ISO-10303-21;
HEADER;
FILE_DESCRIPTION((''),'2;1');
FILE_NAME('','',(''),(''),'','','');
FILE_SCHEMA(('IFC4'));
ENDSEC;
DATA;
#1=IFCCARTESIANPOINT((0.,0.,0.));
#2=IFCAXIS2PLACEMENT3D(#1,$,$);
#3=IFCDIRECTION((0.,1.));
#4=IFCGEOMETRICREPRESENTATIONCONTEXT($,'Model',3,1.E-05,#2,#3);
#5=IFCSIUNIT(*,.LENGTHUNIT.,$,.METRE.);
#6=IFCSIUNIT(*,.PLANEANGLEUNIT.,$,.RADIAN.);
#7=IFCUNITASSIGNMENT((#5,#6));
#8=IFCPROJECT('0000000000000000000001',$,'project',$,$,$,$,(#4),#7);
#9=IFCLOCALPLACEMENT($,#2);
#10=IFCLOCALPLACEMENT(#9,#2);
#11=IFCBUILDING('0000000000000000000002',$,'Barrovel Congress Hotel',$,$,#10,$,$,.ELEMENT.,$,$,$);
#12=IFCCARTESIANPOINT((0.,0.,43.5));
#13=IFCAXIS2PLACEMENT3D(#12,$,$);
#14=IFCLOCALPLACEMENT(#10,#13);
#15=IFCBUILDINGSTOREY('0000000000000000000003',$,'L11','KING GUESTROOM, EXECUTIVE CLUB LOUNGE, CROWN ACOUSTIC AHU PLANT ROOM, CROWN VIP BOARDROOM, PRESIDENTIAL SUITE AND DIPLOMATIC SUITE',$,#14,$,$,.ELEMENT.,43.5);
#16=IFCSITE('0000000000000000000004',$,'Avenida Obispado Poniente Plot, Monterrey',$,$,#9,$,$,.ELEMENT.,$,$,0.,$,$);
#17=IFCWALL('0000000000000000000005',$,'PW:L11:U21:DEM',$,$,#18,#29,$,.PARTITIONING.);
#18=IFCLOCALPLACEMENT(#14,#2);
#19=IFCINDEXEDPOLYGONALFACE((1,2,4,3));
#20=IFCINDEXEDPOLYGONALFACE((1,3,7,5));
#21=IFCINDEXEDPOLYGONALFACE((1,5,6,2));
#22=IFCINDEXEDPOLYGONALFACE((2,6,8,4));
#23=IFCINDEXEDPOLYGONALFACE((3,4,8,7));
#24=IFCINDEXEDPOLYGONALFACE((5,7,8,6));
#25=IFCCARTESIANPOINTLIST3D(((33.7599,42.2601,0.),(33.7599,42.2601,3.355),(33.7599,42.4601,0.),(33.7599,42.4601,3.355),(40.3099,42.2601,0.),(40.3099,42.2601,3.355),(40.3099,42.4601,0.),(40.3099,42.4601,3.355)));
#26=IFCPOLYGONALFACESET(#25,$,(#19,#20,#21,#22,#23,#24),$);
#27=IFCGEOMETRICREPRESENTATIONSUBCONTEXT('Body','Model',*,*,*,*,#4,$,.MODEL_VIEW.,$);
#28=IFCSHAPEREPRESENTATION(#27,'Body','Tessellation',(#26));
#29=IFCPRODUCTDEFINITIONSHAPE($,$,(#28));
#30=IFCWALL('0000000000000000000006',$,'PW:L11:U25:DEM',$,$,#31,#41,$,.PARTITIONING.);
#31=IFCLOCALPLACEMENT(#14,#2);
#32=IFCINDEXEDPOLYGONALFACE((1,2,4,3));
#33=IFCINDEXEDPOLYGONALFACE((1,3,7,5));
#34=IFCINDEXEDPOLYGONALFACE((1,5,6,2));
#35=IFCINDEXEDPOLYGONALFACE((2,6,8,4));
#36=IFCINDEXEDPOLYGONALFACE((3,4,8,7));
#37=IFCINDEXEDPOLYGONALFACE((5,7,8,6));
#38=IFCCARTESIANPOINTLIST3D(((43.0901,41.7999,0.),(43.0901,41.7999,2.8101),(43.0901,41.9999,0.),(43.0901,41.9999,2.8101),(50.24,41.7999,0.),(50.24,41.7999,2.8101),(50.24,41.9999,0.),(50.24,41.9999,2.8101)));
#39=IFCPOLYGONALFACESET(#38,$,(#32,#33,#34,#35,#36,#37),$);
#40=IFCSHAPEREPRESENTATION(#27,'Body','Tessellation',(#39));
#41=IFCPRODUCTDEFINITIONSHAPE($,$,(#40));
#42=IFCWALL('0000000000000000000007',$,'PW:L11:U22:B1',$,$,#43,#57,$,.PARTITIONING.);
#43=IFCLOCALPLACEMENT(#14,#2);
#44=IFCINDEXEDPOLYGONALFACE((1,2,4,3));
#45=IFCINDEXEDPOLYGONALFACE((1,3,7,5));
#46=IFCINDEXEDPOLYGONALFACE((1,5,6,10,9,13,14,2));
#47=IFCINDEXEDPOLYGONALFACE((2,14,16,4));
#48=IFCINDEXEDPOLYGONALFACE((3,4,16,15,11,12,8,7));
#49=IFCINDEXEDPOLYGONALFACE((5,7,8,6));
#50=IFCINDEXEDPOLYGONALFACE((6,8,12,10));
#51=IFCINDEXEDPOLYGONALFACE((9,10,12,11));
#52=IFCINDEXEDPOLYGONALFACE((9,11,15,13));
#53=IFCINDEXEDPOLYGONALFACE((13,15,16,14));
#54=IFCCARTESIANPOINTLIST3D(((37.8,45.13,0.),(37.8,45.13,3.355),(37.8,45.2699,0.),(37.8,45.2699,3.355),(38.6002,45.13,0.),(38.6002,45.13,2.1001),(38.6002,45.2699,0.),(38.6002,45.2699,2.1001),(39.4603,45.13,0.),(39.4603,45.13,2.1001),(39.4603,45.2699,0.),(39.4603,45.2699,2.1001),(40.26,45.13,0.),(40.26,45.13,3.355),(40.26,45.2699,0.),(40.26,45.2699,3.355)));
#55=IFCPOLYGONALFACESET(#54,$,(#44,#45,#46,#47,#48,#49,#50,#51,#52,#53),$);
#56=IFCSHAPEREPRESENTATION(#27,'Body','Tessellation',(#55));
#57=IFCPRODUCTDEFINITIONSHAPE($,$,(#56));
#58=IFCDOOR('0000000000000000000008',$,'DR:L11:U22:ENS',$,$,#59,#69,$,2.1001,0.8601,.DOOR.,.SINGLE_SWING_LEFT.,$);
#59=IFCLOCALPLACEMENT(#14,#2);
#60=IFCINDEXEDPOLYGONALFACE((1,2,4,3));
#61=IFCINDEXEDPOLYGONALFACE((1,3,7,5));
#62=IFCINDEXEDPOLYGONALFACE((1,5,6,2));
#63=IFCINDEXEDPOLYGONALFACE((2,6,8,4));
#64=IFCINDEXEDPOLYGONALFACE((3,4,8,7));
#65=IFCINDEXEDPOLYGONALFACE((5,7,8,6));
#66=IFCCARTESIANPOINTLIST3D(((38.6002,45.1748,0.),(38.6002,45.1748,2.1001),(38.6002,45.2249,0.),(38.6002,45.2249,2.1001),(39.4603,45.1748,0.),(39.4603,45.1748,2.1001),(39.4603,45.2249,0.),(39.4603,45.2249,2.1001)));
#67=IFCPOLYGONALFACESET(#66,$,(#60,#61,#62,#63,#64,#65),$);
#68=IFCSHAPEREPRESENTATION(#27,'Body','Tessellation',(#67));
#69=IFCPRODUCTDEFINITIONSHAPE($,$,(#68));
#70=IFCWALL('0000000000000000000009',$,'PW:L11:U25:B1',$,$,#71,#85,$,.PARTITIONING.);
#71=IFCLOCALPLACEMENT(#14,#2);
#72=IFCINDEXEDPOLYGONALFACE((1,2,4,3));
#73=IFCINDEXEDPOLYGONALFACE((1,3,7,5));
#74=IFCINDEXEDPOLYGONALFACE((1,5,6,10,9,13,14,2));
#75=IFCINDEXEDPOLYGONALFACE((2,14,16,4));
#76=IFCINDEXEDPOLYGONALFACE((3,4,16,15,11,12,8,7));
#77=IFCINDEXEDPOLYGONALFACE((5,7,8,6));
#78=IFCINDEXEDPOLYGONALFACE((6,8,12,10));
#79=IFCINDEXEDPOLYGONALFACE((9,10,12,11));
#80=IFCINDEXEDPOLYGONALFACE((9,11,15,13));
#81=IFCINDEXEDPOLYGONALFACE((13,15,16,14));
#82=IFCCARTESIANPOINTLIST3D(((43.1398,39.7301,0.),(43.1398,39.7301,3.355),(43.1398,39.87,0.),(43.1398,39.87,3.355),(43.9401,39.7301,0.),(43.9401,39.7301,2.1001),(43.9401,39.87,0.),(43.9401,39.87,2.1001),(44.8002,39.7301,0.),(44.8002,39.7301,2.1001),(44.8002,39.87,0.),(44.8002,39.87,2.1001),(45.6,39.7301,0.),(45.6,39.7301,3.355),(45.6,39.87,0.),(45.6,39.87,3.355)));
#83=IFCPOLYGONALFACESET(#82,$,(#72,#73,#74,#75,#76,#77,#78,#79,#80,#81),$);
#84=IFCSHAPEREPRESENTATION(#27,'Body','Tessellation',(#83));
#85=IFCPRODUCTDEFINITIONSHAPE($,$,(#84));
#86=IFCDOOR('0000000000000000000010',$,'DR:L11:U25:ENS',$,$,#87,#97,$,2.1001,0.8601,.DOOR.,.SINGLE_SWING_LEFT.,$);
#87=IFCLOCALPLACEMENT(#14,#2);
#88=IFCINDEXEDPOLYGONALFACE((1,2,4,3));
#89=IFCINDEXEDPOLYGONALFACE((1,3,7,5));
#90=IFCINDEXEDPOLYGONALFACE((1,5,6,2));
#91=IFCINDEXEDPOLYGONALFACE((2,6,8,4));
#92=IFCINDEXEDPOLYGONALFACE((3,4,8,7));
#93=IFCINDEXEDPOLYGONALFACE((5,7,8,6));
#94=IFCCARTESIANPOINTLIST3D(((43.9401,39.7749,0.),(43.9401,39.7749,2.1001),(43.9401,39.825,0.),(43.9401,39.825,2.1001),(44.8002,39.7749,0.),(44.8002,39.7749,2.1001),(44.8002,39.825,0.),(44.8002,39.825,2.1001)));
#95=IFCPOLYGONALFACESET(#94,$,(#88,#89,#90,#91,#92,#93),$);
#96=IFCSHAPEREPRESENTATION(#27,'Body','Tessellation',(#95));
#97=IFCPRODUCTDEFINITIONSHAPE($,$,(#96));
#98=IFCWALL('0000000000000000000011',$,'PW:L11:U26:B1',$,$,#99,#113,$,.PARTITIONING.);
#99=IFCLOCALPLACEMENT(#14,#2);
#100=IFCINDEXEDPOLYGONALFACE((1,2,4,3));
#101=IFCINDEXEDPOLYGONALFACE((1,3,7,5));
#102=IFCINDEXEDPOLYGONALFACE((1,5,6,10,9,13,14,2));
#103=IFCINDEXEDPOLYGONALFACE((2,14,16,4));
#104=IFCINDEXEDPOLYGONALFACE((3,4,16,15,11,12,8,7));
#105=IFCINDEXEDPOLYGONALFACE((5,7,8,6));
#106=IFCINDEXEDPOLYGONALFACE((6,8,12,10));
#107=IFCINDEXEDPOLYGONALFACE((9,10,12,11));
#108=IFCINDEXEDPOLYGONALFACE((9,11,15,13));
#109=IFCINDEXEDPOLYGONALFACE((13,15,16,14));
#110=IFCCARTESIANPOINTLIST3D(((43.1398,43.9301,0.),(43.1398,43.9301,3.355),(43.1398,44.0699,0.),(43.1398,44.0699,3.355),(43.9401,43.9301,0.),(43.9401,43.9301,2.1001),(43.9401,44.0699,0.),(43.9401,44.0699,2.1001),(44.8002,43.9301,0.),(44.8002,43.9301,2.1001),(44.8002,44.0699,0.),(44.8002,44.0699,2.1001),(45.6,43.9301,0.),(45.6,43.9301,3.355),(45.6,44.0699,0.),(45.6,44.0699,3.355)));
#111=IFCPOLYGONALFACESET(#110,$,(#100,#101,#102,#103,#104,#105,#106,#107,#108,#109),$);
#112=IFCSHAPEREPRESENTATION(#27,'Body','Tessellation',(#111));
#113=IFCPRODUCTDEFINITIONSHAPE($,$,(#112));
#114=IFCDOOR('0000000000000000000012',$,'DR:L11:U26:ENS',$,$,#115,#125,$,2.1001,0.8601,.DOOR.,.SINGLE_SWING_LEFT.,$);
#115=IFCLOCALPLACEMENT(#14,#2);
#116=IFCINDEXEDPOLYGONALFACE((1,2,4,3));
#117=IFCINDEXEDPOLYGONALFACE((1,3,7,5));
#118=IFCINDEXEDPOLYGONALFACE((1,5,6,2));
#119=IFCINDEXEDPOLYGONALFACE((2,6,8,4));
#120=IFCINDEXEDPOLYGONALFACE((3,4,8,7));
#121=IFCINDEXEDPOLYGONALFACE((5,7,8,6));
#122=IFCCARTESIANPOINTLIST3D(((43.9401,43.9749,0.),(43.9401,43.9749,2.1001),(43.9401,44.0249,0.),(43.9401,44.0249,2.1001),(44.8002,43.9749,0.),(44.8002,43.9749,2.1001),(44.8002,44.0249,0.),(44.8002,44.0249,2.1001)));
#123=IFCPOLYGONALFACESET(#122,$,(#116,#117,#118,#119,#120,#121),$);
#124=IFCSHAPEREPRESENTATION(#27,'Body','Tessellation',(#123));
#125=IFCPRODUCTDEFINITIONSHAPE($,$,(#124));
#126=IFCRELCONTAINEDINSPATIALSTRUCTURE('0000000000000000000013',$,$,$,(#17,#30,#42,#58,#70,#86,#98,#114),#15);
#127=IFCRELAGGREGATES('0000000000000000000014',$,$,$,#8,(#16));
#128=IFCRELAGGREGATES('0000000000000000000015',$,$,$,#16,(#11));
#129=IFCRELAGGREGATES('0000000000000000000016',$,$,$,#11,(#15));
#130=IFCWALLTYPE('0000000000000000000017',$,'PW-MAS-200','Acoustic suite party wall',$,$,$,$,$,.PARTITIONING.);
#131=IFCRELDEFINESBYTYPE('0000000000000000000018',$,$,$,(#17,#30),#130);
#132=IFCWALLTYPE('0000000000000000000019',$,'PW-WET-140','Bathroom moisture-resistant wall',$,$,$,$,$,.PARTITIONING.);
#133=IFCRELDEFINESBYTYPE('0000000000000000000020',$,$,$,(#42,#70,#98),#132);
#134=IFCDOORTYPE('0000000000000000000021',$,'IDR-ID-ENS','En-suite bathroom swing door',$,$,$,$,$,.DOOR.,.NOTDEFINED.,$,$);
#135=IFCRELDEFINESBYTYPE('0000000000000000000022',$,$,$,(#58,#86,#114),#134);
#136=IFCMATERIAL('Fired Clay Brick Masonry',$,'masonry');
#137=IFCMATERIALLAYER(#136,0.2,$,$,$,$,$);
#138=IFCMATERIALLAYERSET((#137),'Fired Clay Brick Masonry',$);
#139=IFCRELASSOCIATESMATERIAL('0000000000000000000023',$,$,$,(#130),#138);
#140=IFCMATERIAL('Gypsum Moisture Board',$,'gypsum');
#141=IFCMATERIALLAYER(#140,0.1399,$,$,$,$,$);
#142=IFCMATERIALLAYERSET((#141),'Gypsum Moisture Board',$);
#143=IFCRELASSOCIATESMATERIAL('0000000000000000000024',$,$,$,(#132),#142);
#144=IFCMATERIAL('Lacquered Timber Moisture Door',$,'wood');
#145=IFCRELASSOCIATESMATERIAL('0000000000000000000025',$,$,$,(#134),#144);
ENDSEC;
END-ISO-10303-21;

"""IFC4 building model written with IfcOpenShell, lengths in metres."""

from ifc_helpers import new_model, si_unit, direction, frame, frame_2d, origin, place, context, subcontext, project, spatial, rectangle, extrude, material, layer, layer_set, type_object, element, fill, save


model = new_model("IFC4")

# Units and contexts
model_context = context("Model", 3, precision=1e-05, world=origin(), true_north=direction((0.0, 1.0)))
body_context = subcontext(model_context, "Body", "Model", "MODEL_VIEW")
ifc_project = project(units=[si_unit("LENGTHUNIT", "METRE"), si_unit("PLANEANGLEUNIT", "RADIAN")], contexts=[model_context])

# Site, building, storey
site_placement = place(None, origin())
site = spatial("IfcSite", under=ifc_project, at=site_placement, Name="Avenida Obispado Poniente Plot, Monterrey", CompositionType="ELEMENT", RefElevation=0.0)
building_placement = place(site_placement, origin())
building = spatial("IfcBuilding", under=site, at=building_placement, Name="Barrovel Congress Hotel", CompositionType="ELEMENT")
storey_placement = place(building_placement, frame((0.0, 0.0, 43.5)))
storey = spatial("IfcBuildingStorey", under=building, at=storey_placement, Name="L11", Description="KING GUESTROOM, EXECUTIVE CLUB LOUNGE, CROWN ACOUSTIC AHU PLANT ROOM, CROWN VIP BOARDROOM, PRESIDENTIAL SUITE AND DIPLOMATIC SUITE", CompositionType="ELEMENT", Elevation=43.5)

# Walls
ifc_material_1 = material(Name="Fired Clay Brick Masonry", Category="masonry")
ifc_layer_1 = layer(ifc_material_1, 0.2)
ifc_layer_set_1 = layer_set([ifc_layer_1], Name="Fired Clay Brick Masonry")
wall_type_1 = type_object("IfcWallType", Name="PW-MAS-200", Description="Acoustic suite party wall", PredefinedType="PARTITIONING", material=ifc_layer_set_1)
wall_1_placement = place(storey_placement, frame((33.76, 42.3601, 0.0), z_axis=(0.0, 0.0, 1.0), x_axis=(1.0, 0.0, 0.0)))
element("IfcWall", 1, at=wall_1_placement, inside=storey, type_object=wall_type_1, Name="PW:L11:U21:DEM", PredefinedType="PARTITIONING", context=body_context, shape_type="SweptSolid", body=[
    extrude(rectangle(XDim=6.55, YDim=0.2, at=frame_2d((3.2749, 0.0))), origin(), (0.0, 0.0, 1.0), 3.355),
])
wall_2_placement = place(storey_placement, frame((43.0901, 41.8999, 0.0), z_axis=(0.0, 0.0, 1.0), x_axis=(1.0, 0.0, 0.0)))
element("IfcWall", 2, at=wall_2_placement, inside=storey, type_object=wall_type_1, Name="PW:L11:U25:DEM", PredefinedType="PARTITIONING", context=body_context, shape_type="SweptSolid", body=[
    extrude(rectangle(XDim=7.1499, YDim=0.2, at=frame_2d((3.575, 0.0))), origin(), (0.0, 0.0, 1.0), 2.8101),
])

# Walls, openings, doors
ifc_material_2 = material(Name="Gypsum Moisture Board", Category="gypsum")
ifc_layer_2 = layer(ifc_material_2, 0.1399)
ifc_layer_set_2 = layer_set([ifc_layer_2], Name="Gypsum Moisture Board")
wall_type_2 = type_object("IfcWallType", Name="PW-WET-140", Description="Bathroom moisture-resistant wall", PredefinedType="PARTITIONING", material=ifc_layer_set_2)
wall_3_placement = place(storey_placement, frame((37.8, 45.2, 0.0), z_axis=(0.0, 0.0, 1.0), x_axis=(1.0, 0.0, 0.0)))
wall_3 = element("IfcWall", 3, at=wall_3_placement, inside=storey, type_object=wall_type_2, Name="PW:L11:U22:B1", PredefinedType="PARTITIONING", context=body_context, shape_type="SweptSolid", body=[
    extrude(rectangle(XDim=2.46, YDim=0.1399, at=frame_2d((1.23, 0.0))), origin(), (0.0, 0.0, 1.0), 3.355),
])
opening_1_placement = place(wall_3_placement, frame((0.8, 0.0, 0.0)))
opening_1 = element("IfcOpeningElement", 4, at=opening_1_placement, cuts=wall_3, PredefinedType="OPENING", context=body_context, shape_type="SweptSolid", body=[
    extrude(rectangle(XDim=0.8601, YDim=2.1001, at=frame_2d((0.4302, 1.05))), frame((0.0, 0.0801, 0.0), z_axis=(0.0, -1.0, 0.0), x_axis=(1.0, 0.0, 0.0)), (0.0, 0.0, 1.0), 0.1599),
])
ifc_material_3 = material(Name="Lacquered Timber Moisture Door", Category="wood")
door_type_1 = type_object("IfcDoorType", Name="IDR-ID-ENS", Description="En-suite bathroom swing door", OperationType="NOTDEFINED", PredefinedType="DOOR", material=ifc_material_3)
door_1_placement = place(opening_1_placement, origin())
door_1 = element("IfcDoor", 5, at=door_1_placement, inside=storey, type_object=door_type_1, Name="DR:L11:U22:ENS", OperationType="SINGLE_SWING_LEFT", OverallHeight=2.1001, OverallWidth=0.8601, PredefinedType="DOOR", context=body_context, shape_type="SweptSolid", body=[
    extrude(rectangle(XDim=0.8601, YDim=2.1001, at=frame_2d((0.4302, 1.05))), frame((0.0, 0.0249, 0.0), z_axis=(0.0, -1.0, 0.0), x_axis=(1.0, 0.0, 0.0)), (0.0, 0.0, 1.0), 0.05),
])
fill(opening_1, door_1)
wall_4_placement = place(storey_placement, frame((43.1399, 39.8, 0.0), z_axis=(0.0, 0.0, 1.0), x_axis=(1.0, 0.0, 0.0)))
wall_4 = element("IfcWall", 6, at=wall_4_placement, inside=storey, type_object=wall_type_2, Name="PW:L11:U25:B1", PredefinedType="PARTITIONING", context=body_context, shape_type="SweptSolid", body=[
    extrude(rectangle(XDim=2.4602, YDim=0.1399, at=frame_2d((1.23, 0.0))), origin(), (0.0, 0.0, 1.0), 3.355),
])
opening_2_placement = place(wall_4_placement, frame((0.8, 0.0, 0.0)))
opening_2 = element("IfcOpeningElement", 7, at=opening_2_placement, cuts=wall_4, PredefinedType="OPENING", context=body_context, shape_type="SweptSolid", body=[
    extrude(rectangle(XDim=0.8601, YDim=2.1001, at=frame_2d((0.4302, 1.05))), frame((0.0, 0.0801, 0.0), z_axis=(0.0, -1.0, 0.0), x_axis=(1.0, 0.0, 0.0)), (0.0, 0.0, 1.0), 0.1599),
])
door_2_placement = place(opening_2_placement, origin())
door_2 = element("IfcDoor", 8, at=door_2_placement, inside=storey, type_object=door_type_1, Name="DR:L11:U25:ENS", OperationType="SINGLE_SWING_LEFT", OverallHeight=2.1001, OverallWidth=0.8601, PredefinedType="DOOR", context=body_context, shape_type="SweptSolid", body=[
    extrude(rectangle(XDim=0.8601, YDim=2.1001, at=frame_2d((0.4302, 1.05))), frame((0.0, 0.0249, 0.0), z_axis=(0.0, -1.0, 0.0), x_axis=(1.0, 0.0, 0.0)), (0.0, 0.0, 1.0), 0.05),
])
fill(opening_2, door_2)
wall_5_placement = place(storey_placement, frame((43.1399, 44.0, 0.0), z_axis=(0.0, 0.0, 1.0), x_axis=(1.0, 0.0, 0.0)))
wall_5 = element("IfcWall", 9, at=wall_5_placement, inside=storey, type_object=wall_type_2, Name="PW:L11:U26:B1", PredefinedType="PARTITIONING", context=body_context, shape_type="SweptSolid", body=[
    extrude(rectangle(XDim=2.4602, YDim=0.1399, at=frame_2d((1.23, 0.0))), origin(), (0.0, 0.0, 1.0), 3.355),
])
opening_3_placement = place(wall_5_placement, frame((0.8, 0.0, 0.0)))
opening_3 = element("IfcOpeningElement", 10, at=opening_3_placement, cuts=wall_5, PredefinedType="OPENING", context=body_context, shape_type="SweptSolid", body=[
    extrude(rectangle(XDim=0.8601, YDim=2.1001, at=frame_2d((0.4302, 1.05))), frame((0.0, 0.0801, 0.0), z_axis=(0.0, -1.0, 0.0), x_axis=(1.0, 0.0, 0.0)), (0.0, 0.0, 1.0), 0.1599),
])
door_3_placement = place(opening_3_placement, origin())
door_3 = element("IfcDoor", 11, at=door_3_placement, inside=storey, type_object=door_type_1, Name="DR:L11:U26:ENS", OperationType="SINGLE_SWING_LEFT", OverallHeight=2.1001, OverallWidth=0.8601, PredefinedType="DOOR", context=body_context, shape_type="SweptSolid", body=[
    extrude(rectangle(XDim=0.8601, YDim=2.1001, at=frame_2d((0.4302, 1.05))), frame((0.0, 0.0249, 0.0), z_axis=(0.0, -1.0, 0.0), x_axis=(1.0, 0.0, 0.0)), (0.0, 0.0, 1.0), 0.05),
])
fill(opening_3, door_3)

save(model, "model.ifc")
